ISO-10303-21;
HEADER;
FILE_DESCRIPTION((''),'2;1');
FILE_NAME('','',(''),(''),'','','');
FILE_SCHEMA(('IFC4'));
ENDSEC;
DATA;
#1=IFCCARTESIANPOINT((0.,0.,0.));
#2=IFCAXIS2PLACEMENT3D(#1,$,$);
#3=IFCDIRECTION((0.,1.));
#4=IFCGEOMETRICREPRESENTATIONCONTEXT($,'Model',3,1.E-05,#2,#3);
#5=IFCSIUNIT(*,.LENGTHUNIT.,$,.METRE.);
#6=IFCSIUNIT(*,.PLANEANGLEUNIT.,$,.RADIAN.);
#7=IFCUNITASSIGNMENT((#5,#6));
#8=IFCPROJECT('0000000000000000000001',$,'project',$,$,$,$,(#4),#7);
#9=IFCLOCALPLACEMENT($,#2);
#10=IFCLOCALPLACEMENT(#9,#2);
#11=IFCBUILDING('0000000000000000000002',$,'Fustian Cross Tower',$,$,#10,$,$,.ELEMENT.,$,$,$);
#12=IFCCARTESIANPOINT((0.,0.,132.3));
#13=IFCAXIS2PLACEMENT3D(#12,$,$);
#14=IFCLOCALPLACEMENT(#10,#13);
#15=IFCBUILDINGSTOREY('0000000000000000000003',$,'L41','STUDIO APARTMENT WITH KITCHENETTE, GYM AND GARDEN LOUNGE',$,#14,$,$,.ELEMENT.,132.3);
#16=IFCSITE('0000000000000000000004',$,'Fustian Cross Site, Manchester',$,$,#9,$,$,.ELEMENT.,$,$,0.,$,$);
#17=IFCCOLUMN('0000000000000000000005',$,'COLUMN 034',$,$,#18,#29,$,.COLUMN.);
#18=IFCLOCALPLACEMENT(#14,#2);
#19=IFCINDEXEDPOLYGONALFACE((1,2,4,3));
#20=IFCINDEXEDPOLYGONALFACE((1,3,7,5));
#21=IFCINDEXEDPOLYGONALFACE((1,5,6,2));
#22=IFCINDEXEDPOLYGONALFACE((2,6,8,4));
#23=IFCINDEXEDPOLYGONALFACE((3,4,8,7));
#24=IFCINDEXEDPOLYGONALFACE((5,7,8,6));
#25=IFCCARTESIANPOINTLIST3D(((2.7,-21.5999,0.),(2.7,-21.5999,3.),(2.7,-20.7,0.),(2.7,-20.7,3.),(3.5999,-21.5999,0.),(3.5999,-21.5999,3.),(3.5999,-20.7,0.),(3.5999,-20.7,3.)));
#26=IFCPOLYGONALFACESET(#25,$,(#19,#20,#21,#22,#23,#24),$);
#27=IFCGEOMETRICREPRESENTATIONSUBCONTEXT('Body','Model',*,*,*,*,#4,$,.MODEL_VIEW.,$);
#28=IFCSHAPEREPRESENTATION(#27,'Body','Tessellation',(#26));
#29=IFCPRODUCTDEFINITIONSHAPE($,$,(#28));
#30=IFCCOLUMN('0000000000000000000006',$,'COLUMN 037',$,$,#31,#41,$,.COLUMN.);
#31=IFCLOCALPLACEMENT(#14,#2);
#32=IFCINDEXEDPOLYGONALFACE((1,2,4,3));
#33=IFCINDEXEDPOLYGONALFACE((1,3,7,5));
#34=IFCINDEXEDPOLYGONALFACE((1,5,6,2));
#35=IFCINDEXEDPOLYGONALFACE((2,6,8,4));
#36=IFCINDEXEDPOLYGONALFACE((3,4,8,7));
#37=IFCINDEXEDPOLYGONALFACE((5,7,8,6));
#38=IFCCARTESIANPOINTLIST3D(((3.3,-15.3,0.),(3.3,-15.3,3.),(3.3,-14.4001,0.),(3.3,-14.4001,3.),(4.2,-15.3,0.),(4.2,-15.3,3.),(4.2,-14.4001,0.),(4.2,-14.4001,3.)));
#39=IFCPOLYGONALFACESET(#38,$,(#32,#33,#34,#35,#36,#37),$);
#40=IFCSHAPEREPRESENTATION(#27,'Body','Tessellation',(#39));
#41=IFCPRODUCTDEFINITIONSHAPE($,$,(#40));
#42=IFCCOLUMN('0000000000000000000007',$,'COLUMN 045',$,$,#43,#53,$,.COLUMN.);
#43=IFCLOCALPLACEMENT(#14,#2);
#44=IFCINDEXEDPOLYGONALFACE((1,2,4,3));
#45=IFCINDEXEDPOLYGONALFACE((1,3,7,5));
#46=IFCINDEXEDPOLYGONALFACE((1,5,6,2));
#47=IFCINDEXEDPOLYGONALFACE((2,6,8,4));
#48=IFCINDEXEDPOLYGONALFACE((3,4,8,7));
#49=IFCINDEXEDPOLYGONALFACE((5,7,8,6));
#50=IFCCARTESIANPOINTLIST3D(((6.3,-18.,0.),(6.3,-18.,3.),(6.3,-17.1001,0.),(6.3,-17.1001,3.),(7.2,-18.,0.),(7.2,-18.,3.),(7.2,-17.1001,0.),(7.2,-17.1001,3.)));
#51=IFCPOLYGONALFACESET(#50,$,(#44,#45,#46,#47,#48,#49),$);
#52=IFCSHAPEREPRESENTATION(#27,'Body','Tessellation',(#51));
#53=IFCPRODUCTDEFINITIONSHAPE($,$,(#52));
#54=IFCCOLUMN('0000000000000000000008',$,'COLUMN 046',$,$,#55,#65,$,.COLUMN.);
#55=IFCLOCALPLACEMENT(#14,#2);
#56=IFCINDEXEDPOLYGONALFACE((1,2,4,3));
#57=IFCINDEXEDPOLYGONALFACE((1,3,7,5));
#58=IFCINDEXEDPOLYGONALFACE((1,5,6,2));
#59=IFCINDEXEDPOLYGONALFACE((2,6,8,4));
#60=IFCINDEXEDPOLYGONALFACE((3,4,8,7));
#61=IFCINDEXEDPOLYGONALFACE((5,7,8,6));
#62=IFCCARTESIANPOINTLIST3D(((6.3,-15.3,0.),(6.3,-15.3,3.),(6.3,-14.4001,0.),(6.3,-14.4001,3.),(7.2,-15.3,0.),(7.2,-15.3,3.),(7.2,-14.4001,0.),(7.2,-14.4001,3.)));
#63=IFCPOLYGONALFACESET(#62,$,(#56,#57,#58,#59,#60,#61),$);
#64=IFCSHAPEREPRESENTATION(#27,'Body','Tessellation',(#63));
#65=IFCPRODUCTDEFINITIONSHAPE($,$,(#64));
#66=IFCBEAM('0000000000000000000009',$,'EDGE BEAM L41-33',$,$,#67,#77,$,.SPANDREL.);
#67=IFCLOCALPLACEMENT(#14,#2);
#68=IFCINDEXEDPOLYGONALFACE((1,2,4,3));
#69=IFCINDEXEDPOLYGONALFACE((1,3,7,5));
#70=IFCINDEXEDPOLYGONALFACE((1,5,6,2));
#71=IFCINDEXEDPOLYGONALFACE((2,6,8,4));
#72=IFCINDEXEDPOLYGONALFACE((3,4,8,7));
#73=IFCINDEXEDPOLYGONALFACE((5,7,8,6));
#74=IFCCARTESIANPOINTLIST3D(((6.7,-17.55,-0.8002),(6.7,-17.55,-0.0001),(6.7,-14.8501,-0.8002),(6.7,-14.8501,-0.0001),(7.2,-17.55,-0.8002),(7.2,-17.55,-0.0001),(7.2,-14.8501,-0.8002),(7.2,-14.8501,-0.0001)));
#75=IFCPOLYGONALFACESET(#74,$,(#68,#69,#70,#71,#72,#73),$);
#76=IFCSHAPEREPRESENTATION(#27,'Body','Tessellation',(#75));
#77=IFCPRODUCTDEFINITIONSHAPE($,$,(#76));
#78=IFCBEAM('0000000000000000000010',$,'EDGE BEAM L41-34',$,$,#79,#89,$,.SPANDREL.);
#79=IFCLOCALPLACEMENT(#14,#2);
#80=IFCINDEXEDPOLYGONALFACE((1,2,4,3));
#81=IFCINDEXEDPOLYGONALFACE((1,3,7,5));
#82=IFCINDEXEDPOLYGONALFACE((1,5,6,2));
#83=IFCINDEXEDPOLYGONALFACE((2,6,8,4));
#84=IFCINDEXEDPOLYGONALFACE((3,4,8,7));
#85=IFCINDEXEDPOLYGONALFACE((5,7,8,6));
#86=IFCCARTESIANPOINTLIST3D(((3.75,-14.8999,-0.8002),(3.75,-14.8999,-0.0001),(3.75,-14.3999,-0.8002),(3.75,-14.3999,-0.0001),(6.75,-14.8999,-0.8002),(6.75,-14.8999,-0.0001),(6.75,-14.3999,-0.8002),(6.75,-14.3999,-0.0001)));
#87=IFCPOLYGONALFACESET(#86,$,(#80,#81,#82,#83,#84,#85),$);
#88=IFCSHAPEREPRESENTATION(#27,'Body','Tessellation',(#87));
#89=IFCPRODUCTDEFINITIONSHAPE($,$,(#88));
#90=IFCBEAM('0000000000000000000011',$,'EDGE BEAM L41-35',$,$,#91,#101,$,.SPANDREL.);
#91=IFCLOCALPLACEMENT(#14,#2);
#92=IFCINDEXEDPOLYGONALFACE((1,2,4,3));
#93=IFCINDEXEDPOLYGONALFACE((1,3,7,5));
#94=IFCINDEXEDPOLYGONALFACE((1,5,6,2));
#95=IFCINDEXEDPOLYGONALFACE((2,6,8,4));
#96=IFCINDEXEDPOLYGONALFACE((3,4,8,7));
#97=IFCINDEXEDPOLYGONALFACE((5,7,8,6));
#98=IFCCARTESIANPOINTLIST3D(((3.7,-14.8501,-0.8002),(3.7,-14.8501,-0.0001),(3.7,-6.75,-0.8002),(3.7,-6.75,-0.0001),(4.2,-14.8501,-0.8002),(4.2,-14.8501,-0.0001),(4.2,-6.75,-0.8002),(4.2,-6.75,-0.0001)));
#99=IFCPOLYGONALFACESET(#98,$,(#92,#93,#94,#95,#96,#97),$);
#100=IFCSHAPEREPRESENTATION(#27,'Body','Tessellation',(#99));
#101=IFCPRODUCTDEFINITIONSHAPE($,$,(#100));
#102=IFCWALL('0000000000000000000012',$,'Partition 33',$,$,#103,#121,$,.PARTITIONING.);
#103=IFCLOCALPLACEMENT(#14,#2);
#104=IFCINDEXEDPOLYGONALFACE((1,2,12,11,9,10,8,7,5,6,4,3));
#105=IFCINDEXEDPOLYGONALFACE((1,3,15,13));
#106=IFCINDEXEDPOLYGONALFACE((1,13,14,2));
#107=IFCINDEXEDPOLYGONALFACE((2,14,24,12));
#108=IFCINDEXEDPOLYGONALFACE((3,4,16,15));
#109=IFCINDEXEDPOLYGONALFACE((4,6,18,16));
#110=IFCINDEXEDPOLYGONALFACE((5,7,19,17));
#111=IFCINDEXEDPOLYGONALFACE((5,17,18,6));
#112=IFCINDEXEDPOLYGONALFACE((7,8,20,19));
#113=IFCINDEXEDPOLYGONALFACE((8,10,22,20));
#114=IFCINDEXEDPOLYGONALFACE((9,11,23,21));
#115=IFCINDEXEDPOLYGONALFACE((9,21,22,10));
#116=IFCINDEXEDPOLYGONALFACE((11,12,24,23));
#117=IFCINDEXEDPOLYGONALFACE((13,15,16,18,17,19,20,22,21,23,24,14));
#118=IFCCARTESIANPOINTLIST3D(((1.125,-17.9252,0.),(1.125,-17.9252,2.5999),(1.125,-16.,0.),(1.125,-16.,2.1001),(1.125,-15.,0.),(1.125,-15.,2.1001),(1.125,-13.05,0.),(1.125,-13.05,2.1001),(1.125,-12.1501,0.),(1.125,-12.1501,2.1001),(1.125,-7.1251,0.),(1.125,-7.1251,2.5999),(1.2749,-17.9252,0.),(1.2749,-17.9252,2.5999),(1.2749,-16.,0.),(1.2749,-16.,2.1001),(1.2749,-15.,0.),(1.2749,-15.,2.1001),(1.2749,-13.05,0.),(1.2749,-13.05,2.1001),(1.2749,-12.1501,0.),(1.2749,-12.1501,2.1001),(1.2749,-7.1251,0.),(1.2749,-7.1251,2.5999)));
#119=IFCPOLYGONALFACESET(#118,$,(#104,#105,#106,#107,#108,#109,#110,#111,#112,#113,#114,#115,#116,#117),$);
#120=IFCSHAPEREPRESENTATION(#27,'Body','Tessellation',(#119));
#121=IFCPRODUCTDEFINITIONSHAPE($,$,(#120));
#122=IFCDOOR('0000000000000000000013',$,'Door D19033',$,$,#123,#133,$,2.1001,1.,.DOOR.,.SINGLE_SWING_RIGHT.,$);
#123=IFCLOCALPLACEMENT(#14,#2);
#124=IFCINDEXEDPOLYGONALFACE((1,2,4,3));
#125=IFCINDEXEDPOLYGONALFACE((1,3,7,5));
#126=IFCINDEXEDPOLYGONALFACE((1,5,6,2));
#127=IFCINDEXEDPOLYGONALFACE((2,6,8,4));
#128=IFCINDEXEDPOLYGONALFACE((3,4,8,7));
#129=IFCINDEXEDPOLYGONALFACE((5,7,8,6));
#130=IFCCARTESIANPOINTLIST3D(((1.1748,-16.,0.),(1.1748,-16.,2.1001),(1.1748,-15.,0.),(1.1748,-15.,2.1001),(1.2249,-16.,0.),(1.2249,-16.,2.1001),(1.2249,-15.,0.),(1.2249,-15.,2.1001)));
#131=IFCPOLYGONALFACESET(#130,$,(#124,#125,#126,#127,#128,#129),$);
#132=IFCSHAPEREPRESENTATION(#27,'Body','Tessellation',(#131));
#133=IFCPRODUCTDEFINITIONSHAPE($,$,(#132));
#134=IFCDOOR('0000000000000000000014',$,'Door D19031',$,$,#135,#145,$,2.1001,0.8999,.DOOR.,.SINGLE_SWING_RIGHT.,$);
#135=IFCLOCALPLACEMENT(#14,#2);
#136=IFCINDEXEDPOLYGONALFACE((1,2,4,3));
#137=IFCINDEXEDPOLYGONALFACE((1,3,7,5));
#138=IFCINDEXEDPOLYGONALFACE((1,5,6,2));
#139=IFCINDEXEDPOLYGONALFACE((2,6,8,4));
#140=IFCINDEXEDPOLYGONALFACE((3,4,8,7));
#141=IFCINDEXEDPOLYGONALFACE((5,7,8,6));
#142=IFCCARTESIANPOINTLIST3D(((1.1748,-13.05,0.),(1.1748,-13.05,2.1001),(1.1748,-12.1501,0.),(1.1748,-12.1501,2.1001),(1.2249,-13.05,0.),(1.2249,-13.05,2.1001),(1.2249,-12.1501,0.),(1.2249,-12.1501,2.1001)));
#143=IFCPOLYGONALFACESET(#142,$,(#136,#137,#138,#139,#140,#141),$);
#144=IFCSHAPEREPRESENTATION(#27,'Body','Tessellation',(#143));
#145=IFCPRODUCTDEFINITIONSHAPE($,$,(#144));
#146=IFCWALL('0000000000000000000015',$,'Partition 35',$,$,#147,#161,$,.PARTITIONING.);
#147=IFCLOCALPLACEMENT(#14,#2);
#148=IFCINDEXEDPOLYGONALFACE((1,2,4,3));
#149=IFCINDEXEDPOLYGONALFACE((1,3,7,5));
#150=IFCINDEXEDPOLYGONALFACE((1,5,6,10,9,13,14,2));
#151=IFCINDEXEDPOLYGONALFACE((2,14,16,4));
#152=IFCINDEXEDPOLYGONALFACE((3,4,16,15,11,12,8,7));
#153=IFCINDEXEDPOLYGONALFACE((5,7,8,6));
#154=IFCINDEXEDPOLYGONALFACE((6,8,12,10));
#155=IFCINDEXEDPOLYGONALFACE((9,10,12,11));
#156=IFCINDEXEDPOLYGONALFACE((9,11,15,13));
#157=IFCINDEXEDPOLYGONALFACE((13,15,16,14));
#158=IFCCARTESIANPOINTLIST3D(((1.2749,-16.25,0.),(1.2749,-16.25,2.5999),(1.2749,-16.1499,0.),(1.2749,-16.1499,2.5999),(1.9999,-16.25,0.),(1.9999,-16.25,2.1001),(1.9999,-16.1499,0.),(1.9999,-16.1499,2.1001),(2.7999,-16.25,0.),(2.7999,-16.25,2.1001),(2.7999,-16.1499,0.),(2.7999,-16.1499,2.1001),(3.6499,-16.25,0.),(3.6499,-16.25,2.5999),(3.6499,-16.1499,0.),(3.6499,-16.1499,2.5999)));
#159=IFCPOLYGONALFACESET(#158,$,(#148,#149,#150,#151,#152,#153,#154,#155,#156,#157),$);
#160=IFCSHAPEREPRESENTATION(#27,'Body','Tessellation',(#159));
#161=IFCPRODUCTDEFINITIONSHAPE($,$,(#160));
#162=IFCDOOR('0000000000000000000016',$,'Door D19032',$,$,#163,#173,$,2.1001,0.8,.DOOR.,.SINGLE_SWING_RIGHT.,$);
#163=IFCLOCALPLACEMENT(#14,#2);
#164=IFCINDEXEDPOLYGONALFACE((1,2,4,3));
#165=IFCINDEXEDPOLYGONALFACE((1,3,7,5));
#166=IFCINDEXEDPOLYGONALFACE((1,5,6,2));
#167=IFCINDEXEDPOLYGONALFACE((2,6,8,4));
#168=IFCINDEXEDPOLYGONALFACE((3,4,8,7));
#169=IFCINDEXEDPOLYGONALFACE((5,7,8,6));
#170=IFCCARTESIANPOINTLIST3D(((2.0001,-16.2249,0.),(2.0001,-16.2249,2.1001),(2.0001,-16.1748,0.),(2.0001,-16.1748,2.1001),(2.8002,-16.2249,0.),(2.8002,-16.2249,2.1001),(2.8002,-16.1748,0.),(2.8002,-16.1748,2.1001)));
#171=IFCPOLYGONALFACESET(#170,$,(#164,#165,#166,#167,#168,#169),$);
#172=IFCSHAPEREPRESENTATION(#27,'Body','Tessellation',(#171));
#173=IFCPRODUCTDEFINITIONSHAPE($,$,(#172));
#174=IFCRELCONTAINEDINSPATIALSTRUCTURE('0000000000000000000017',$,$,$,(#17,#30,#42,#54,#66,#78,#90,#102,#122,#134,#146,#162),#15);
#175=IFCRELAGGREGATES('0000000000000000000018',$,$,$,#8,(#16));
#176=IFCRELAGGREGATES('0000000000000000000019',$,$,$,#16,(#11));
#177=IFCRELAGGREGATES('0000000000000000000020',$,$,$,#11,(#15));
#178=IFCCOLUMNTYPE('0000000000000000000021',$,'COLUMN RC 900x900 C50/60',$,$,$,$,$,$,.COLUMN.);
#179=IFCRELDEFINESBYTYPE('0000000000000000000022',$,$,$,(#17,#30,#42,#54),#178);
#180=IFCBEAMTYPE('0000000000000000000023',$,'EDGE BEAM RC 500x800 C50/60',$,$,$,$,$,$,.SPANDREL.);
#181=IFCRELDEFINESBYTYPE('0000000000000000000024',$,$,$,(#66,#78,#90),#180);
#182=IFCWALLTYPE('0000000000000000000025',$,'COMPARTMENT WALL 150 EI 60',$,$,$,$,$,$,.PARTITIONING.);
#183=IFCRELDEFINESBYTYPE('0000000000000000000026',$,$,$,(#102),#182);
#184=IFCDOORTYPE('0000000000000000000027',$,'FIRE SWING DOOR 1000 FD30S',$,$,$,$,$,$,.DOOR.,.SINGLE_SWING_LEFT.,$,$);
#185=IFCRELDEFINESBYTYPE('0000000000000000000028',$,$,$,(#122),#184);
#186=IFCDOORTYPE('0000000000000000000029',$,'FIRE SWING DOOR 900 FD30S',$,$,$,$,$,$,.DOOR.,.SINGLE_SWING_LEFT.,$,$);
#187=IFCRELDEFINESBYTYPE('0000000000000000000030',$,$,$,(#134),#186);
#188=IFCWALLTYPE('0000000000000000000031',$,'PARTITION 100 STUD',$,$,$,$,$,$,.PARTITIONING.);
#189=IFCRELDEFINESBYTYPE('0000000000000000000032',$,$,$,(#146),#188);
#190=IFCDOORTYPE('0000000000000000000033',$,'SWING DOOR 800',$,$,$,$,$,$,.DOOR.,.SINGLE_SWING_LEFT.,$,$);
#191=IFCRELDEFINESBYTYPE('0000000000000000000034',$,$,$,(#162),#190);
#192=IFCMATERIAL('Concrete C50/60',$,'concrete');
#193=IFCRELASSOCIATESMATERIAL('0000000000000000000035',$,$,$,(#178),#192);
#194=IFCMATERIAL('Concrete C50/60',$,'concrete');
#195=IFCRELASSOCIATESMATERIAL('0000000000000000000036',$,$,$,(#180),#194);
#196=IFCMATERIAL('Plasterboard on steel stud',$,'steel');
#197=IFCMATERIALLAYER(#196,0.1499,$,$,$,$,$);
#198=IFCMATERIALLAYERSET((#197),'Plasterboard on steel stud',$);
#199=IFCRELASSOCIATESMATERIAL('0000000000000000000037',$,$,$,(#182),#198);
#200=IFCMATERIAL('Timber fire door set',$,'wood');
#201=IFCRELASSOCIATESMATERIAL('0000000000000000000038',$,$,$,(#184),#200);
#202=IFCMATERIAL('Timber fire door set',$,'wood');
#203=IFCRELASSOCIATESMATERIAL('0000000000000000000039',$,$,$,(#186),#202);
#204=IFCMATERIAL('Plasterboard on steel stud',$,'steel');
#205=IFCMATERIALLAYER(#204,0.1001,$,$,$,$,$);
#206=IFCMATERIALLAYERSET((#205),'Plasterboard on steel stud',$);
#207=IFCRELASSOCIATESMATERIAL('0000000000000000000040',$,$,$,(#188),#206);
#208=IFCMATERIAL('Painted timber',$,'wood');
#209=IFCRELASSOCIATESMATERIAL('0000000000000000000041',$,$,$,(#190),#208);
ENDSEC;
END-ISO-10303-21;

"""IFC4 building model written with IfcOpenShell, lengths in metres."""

from ifc_helpers import new_model, si_unit, direction, frame, frame_2d, origin, origin_2d, place, context, subcontext, project, spatial, rectangle, extrude, material, layer, layer_set, material_profile, profile_set, type_object, element, fill, save


model = new_model("IFC4")

# Units and contexts
model_context = context("Model", 3, precision=1e-05, world=origin(), true_north=direction((0.0, 1.0)))
body_context = subcontext(model_context, "Body", "Model", "MODEL_VIEW")
ifc_project = project(units=[si_unit("LENGTHUNIT", "METRE"), si_unit("PLANEANGLEUNIT", "RADIAN")], contexts=[model_context])

# Site, building, storey
site_placement = place(None, origin())
site = spatial("IfcSite", under=ifc_project, at=site_placement, Name="Fustian Cross Site, Manchester", CompositionType="ELEMENT", RefElevation=0.0)
building_placement = place(site_placement, origin())
building = spatial("IfcBuilding", under=site, at=building_placement, Name="Fustian Cross Tower", CompositionType="ELEMENT")
storey_placement = place(building_placement, frame((0.0, 0.0, 132.3)))
storey = spatial("IfcBuildingStorey", under=building, at=storey_placement, Name="L41", Description="STUDIO APARTMENT WITH KITCHENETTE, GYM AND GARDEN LOUNGE", CompositionType="ELEMENT", Elevation=132.3)

# Columns
ifc_material_1 = material(Name="Concrete C50/60", Category="concrete")
ifc_material_profile_1 = material_profile(ifc_material_1, rectangle(XDim=0.8999, YDim=0.8999, at=origin_2d()), Name="RC 900x900")
ifc_profile_set_1 = profile_set([ifc_material_profile_1], Name="Concrete C50/60")
column_type = type_object("IfcColumnType", Name="COLUMN RC 900x900 C50/60", PredefinedType="COLUMN", material=ifc_profile_set_1)
for number, where, z_axis, x_axis, name in (
    (1, (3.1499, -21.1499, 0.0), (0.0, 0.0, 1.0), (1.0, 0.0, 0.0), "COLUMN 034"),
    (2, (3.75, -14.8501, 0.0), (0.0, 0.0, 1.0), (1.0, 0.0, 0.0), "COLUMN 037"),
    (3, (6.75, -17.55, 0.0), (0.0, 0.0, 1.0), (1.0, 0.0, 0.0), "COLUMN 045"),
    (4, (6.75, -14.8501, 0.0), (0.0, 0.0, 1.0), (1.0, 0.0, 0.0), "COLUMN 046"),
):
    element("IfcColumn", number, at=place(storey_placement, frame(where, z_axis=z_axis, x_axis=x_axis)), inside=storey, type_object=column_type, Name=name, PredefinedType="COLUMN", context=body_context, shape_type="SweptSolid", body=[
        extrude(rectangle(XDim=0.8999, YDim=0.8999, at=origin_2d()), origin(), (0.0, 0.0, 1.0), 3.0),
    ])

# Beams
ifc_material_2 = material(Name="Concrete C50/60", Category="concrete")
ifc_material_profile_2 = material_profile(ifc_material_2, rectangle(XDim=0.5, YDim=0.8, at=origin_2d()), Name="RC 500x800")
ifc_profile_set_2 = profile_set([ifc_material_profile_2], Name="Concrete C50/60")
beam_type = type_object("IfcBeamType", Name="EDGE BEAM RC 500x800 C50/60", PredefinedType="SPANDREL", material=ifc_profile_set_2)
beam_1_placement = place(storey_placement, frame((6.95, -17.55, -0.4001), z_axis=(0.0, 1.0, 0.0), x_axis=(-1.0, 0.0, 0.0)))
element("IfcBeam", 5, at=beam_1_placement, inside=storey, type_object=beam_type, Name="EDGE BEAM L41-33", PredefinedType="SPANDREL", context=body_context, shape_type="SweptSolid", body=[
    extrude(rectangle(XDim=0.5, YDim=0.8, at=origin_2d()), origin(), (0.0, 0.0, 1.0), 2.7),
])
beam_2_placement = place(storey_placement, frame((6.75, -14.6499, -0.4001), z_axis=(-1.0, 0.0, 0.0), x_axis=(0.0, -1.0, 0.0)))
element("IfcBeam", 6, at=beam_2_placement, inside=storey, type_object=beam_type, Name="EDGE BEAM L41-34", PredefinedType="SPANDREL", context=body_context, shape_type="SweptSolid", body=[
    extrude(rectangle(XDim=0.5, YDim=0.8, at=origin_2d()), origin(), (0.0, 0.0, 1.0), 3.0),
])
beam_3_placement = place(storey_placement, frame((3.95, -14.8501, -0.4001), z_axis=(0.0, 1.0, 0.0), x_axis=(-1.0, 0.0, 0.0)))
element("IfcBeam", 7, at=beam_3_placement, inside=storey, type_object=beam_type, Name="EDGE BEAM L41-35", PredefinedType="SPANDREL", context=body_context, shape_type="SweptSolid", body=[
    extrude(rectangle(XDim=0.5, YDim=0.8, at=origin_2d()), origin(), (0.0, 0.0, 1.0), 8.1001),
])

# Wall, openings, doors
ifc_material_3 = material(Name="Plasterboard on steel stud", Category="steel")
ifc_layer_1 = layer(ifc_material_3, 0.1499)
ifc_layer_set_1 = layer_set([ifc_layer_1], Name="Plasterboard on steel stud")
wall_type_1 = type_object("IfcWallType", Name="COMPARTMENT WALL 150 EI 60", PredefinedType="PARTITIONING", material=ifc_layer_set_1)
wall_1_placement = place(storey_placement, frame((1.2, -17.925, 0.0), z_axis=(0.0, 0.0, 1.0), x_axis=(0.0, 1.0, 0.0)))
wall_1 = element("IfcWall", 8, at=wall_1_placement, inside=storey, type_object=wall_type_1, Name="Partition 33", PredefinedType="PARTITIONING", context=body_context, shape_type="SweptSolid", body=[
    extrude(rectangle(XDim=10.8, YDim=0.1499, at=frame_2d((5.3999, 0.0))), origin(), (0.0, 0.0, 1.0), 2.5999),
])
opening_1_placement = place(wall_1_placement, frame((4.875, 0.0, 0.0)))
opening_1 = element("IfcOpeningElement", 9, at=opening_1_placement, cuts=wall_1, PredefinedType="OPENING", context=body_context, shape_type="SweptSolid", body=[
    extrude(rectangle(XDim=0.8999, YDim=2.1001, at=frame_2d((0.45, 1.05))), frame((0.0, 0.085, 0.0), z_axis=(0.0, -1.0, 0.0), x_axis=(1.0, 0.0, 0.0)), (0.0, 0.0, 1.0), 0.1699),
])
opening_2_placement = place(wall_1_placement, frame((1.925, 0.0, 0.0)))
opening_2 = element("IfcOpeningElement", 10, at=opening_2_placement, cuts=wall_1, PredefinedType="OPENING", context=body_context, shape_type="SweptSolid", body=[
    extrude(rectangle(XDim=1.0, YDim=2.1001, at=frame_2d((0.5, 1.05))), frame((0.0, 0.085, 0.0), z_axis=(0.0, -1.0, 0.0), x_axis=(1.0, 0.0, 0.0)), (0.0, 0.0, 1.0), 0.1699),
])
ifc_material_4 = material(Name="Timber fire door set", Category="wood")
door_type_1 = type_object("IfcDoorType", Name="FIRE SWING DOOR 1000 FD30S", OperationType="SINGLE_SWING_LEFT", PredefinedType="DOOR", material=ifc_material_4)
door_1_placement = place(opening_2_placement, frame((1.0, 0.0, 0.0), z_axis=(0.0, 0.0, 1.0), x_axis=(-1.0, 0.0, 0.0)))
door_1 = element("IfcDoor", 11, at=door_1_placement, inside=storey, type_object=door_type_1, Name="Door D19033", OperationType="SINGLE_SWING_RIGHT", OverallHeight=2.1001, OverallWidth=1.0, PredefinedType="DOOR", context=body_context, shape_type="SweptSolid", body=[
    extrude(rectangle(XDim=1.0, YDim=2.1001, at=frame_2d((0.5, 1.05))), frame((0.0, 0.0249, 0.0), z_axis=(0.0, -1.0, 0.0), x_axis=(1.0, 0.0, 0.0)), (0.0, 0.0, 1.0), 0.05),
])
fill(opening_2, door_1)
ifc_material_5 = material(Name="Timber fire door set", Category="wood")
door_type_2 = type_object("IfcDoorType", Name="FIRE SWING DOOR 900 FD30S", OperationType="SINGLE_SWING_LEFT", PredefinedType="DOOR", material=ifc_material_5)
door_2_placement = place(opening_1_placement, frame((0.8999, 0.0, 0.0), z_axis=(0.0, 0.0, 1.0), x_axis=(-1.0, 0.0, 0.0)))
door_2 = element("IfcDoor", 12, at=door_2_placement, inside=storey, type_object=door_type_2, Name="Door D19031", OperationType="SINGLE_SWING_RIGHT", OverallHeight=2.1001, OverallWidth=0.8999, PredefinedType="DOOR", context=body_context, shape_type="SweptSolid", body=[
    extrude(rectangle(XDim=0.8999, YDim=2.1001, at=frame_2d((0.45, 1.05))), frame((0.0, 0.0249, 0.0), z_axis=(0.0, -1.0, 0.0), x_axis=(1.0, 0.0, 0.0)), (0.0, 0.0, 1.0), 0.05),
])
fill(opening_1, door_2)

# Wall, opening, door
ifc_material_6 = material(Name="Plasterboard on steel stud", Category="steel")
ifc_layer_2 = layer(ifc_material_6, 0.1001)
ifc_layer_set_2 = layer_set([ifc_layer_2], Name="Plasterboard on steel stud")
wall_type_2 = type_object("IfcWallType", Name="PARTITION 100 STUD", PredefinedType="PARTITIONING", material=ifc_layer_set_2)
wall_2_placement = place(storey_placement, frame((1.2749, -16.2, 0.0), z_axis=(0.0, 0.0, 1.0), x_axis=(1.0, 0.0, 0.0)))
wall_2 = element("IfcWall", 13, at=wall_2_placement, inside=storey, type_object=wall_type_2, Name="Partition 35", PredefinedType="PARTITIONING", context=body_context, shape_type="SweptSolid", body=[
    extrude(rectangle(XDim=2.375, YDim=0.1001, at=frame_2d((1.1875, 0.0))), origin(), (0.0, 0.0, 1.0), 2.5999),
])
opening_3_placement = place(wall_2_placement, frame((0.7251, 0.0, 0.0)))
opening_3 = element("IfcOpeningElement", 14, at=opening_3_placement, cuts=wall_2, PredefinedType="OPENING", context=body_context, shape_type="SweptSolid", body=[
    extrude(rectangle(XDim=0.8, YDim=2.1001, at=frame_2d((0.3999, 1.05))), frame((0.0, 0.0601, 0.0), z_axis=(0.0, -1.0, 0.0), x_axis=(1.0, 0.0, 0.0)), (0.0, 0.0, 1.0), 0.1201),
])
ifc_material_7 = material(Name="Painted timber", Category="wood")
door_type_3 = type_object("IfcDoorType", Name="SWING DOOR 800", OperationType="SINGLE_SWING_LEFT", PredefinedType="DOOR", material=ifc_material_7)
door_3_placement = place(opening_3_placement, frame((0.8, 0.0, 0.0), z_axis=(0.0, 0.0, 1.0), x_axis=(-1.0, 0.0, 0.0)))
door_3 = element("IfcDoor", 15, at=door_3_placement, inside=storey, type_object=door_type_3, Name="Door D19032", OperationType="SINGLE_SWING_RIGHT", OverallHeight=2.1001, OverallWidth=0.8, PredefinedType="DOOR", context=body_context, shape_type="SweptSolid", body=[
    extrude(rectangle(XDim=0.8, YDim=2.1001, at=frame_2d((0.3999, 1.05))), frame((0.0, 0.0249, 0.0), z_axis=(0.0, -1.0, 0.0), x_axis=(1.0, 0.0, 0.0)), (0.0, 0.0, 1.0), 0.05),
])
fill(opening_3, door_3)

save(model, "model.ifc")
